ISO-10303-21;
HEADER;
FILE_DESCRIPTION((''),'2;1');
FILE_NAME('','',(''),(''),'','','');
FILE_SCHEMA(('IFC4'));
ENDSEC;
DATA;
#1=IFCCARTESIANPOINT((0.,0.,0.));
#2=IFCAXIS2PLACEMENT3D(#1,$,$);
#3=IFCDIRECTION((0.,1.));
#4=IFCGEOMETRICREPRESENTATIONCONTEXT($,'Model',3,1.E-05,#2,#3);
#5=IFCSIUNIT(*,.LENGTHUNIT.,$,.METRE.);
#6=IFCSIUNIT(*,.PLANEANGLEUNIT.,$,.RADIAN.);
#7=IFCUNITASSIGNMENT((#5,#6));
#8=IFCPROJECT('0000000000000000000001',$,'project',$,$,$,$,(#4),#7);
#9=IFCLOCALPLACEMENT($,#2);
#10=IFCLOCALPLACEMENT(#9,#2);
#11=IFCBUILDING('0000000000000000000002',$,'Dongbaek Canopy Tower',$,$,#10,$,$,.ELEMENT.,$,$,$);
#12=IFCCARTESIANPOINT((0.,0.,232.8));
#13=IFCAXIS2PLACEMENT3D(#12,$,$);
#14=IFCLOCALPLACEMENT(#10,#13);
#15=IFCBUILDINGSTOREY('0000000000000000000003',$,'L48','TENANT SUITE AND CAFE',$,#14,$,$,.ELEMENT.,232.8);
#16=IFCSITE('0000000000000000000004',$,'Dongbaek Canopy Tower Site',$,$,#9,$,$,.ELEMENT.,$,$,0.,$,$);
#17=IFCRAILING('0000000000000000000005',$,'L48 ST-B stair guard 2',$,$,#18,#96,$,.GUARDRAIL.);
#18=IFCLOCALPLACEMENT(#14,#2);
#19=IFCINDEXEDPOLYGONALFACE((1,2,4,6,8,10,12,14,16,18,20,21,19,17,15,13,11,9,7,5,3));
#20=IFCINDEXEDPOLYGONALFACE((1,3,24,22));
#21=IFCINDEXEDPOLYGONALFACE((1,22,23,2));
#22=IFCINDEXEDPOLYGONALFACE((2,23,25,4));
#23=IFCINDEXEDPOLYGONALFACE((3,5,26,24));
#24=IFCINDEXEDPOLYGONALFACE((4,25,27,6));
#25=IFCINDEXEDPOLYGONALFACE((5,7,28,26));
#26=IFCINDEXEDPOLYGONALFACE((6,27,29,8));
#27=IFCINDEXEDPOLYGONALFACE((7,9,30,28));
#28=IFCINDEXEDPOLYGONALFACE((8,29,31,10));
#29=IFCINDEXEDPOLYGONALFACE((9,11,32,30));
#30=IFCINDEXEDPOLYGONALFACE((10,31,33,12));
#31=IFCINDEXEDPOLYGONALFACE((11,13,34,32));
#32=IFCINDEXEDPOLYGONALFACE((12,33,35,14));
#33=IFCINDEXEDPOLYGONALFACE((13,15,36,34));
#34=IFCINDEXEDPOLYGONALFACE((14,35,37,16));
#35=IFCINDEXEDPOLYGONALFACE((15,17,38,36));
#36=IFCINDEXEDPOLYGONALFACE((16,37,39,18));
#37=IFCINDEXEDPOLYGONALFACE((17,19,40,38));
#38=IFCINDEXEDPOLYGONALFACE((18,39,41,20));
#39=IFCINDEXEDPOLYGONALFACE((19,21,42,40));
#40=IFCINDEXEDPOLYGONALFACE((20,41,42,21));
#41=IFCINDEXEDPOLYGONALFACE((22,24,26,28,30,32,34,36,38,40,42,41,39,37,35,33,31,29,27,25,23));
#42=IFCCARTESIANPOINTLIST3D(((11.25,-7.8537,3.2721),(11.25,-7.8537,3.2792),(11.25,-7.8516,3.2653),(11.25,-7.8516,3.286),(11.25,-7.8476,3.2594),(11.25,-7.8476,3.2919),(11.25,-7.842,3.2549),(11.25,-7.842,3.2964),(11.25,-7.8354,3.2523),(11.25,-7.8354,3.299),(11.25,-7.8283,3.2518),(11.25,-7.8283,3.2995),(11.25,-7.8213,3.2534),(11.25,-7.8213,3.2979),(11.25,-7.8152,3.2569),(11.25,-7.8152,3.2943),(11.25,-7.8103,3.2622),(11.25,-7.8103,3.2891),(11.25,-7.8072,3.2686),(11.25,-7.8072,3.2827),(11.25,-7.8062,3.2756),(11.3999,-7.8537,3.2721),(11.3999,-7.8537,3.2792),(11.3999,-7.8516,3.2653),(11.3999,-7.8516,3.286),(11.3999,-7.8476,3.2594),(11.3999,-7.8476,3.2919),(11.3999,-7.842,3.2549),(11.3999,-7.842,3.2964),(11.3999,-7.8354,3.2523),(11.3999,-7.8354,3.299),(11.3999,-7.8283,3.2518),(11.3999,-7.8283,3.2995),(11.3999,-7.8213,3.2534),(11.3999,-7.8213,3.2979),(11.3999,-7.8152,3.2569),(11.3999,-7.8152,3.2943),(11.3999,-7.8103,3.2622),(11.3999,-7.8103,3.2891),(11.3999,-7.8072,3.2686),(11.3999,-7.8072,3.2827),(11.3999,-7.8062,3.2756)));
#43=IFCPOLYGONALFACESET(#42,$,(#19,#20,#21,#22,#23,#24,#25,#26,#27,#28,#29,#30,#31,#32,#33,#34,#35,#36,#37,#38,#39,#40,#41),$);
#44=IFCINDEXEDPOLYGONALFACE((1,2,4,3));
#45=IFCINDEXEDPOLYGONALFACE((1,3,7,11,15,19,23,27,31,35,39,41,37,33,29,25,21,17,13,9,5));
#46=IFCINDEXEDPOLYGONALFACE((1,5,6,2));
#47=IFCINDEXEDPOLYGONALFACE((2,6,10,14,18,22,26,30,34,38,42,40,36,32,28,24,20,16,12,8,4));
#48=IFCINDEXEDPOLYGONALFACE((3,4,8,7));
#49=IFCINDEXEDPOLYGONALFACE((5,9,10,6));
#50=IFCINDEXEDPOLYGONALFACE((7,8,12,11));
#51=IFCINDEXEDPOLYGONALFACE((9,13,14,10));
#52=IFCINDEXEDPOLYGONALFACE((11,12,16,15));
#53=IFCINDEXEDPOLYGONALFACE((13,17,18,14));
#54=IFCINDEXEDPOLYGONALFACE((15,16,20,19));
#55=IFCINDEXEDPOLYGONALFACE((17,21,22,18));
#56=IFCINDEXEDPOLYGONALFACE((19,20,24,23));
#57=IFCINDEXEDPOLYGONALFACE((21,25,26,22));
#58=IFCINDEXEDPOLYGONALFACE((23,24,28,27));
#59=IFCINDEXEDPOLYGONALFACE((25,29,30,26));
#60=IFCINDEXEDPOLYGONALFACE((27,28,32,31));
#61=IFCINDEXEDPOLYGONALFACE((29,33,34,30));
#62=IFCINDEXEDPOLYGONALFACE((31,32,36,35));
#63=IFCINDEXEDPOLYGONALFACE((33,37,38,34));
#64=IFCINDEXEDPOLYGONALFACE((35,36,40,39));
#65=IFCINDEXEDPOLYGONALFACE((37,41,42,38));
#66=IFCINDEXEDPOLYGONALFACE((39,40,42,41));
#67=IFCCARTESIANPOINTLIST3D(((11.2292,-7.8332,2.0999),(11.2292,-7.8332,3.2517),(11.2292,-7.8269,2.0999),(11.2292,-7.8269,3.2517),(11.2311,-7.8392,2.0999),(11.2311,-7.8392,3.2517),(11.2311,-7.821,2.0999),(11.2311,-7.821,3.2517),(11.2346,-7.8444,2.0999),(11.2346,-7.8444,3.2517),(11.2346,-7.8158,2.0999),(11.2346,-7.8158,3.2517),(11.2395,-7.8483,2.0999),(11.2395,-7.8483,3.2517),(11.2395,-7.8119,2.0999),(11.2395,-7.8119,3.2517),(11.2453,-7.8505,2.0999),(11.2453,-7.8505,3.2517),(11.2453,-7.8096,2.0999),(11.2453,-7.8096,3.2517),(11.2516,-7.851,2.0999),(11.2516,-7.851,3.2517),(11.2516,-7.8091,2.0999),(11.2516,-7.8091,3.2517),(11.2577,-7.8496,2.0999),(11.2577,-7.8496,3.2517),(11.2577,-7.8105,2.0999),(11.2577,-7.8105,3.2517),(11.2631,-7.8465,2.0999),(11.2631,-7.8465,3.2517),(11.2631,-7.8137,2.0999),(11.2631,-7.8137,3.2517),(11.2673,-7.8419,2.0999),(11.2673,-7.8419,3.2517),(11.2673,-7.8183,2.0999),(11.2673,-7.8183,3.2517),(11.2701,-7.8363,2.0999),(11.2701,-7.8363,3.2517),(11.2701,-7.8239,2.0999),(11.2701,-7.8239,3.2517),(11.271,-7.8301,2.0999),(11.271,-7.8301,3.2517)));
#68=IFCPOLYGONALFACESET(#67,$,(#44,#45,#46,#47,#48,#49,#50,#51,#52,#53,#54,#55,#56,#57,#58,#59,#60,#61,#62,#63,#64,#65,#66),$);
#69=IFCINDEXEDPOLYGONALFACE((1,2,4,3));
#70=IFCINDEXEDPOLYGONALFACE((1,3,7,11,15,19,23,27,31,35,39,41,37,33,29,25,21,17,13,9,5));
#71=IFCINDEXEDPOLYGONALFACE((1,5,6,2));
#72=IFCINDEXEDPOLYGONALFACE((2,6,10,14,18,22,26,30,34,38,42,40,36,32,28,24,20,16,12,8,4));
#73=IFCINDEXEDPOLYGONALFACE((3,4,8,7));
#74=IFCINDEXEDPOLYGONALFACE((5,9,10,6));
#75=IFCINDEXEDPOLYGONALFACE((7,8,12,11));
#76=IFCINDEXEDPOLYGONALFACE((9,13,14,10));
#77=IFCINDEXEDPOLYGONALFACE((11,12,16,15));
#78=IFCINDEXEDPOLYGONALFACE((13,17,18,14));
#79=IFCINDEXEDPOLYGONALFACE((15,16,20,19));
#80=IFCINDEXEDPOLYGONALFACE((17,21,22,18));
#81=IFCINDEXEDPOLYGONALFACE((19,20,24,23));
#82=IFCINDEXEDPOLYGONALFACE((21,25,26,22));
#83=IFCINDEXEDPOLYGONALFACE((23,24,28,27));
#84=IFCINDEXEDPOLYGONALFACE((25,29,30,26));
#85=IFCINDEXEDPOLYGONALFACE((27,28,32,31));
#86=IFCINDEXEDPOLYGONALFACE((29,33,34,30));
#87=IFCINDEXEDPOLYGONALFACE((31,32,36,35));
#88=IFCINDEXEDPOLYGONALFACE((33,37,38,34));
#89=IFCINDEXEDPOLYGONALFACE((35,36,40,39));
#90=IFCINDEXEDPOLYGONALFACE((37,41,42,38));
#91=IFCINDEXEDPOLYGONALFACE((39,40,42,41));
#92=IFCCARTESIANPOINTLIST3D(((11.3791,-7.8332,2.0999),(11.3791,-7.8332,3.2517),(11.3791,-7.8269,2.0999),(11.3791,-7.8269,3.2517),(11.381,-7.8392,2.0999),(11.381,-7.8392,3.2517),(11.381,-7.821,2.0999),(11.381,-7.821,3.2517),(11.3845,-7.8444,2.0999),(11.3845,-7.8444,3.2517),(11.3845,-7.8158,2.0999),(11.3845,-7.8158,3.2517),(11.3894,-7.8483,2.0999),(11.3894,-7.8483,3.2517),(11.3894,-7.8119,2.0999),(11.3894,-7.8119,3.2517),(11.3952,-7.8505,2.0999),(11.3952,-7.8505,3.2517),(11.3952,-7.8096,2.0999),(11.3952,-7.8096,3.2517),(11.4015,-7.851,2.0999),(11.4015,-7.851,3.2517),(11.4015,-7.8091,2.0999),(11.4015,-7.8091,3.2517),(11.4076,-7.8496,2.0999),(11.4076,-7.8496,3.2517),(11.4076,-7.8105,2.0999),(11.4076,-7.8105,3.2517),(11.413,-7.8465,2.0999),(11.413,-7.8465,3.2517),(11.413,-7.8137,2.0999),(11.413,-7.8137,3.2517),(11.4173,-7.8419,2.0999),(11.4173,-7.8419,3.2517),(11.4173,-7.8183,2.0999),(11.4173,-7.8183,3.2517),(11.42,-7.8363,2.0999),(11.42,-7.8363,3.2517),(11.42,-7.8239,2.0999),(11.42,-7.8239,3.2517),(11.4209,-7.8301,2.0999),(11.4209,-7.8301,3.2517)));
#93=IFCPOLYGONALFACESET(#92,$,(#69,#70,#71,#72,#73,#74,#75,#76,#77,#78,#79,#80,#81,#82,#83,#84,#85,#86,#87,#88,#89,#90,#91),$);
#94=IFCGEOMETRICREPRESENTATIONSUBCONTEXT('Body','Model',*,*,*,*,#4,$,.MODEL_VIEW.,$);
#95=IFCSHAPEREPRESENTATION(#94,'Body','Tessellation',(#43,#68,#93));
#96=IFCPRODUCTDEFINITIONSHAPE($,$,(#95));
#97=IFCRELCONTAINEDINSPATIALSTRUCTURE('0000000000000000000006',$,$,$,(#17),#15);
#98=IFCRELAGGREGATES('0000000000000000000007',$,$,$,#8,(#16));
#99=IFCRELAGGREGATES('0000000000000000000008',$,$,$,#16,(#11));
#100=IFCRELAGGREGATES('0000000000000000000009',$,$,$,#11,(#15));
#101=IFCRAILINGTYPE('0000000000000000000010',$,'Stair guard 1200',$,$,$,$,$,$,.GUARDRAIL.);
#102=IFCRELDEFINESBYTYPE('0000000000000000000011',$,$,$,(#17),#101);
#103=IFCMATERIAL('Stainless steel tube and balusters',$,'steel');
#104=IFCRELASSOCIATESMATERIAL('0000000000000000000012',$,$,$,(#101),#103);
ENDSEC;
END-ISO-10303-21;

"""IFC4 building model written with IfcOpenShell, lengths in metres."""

from ifc_helpers import new_model, si_unit, direction, frame, origin, origin_2d, place, context, subcontext, project, spatial, circle, extrude, material, type_object, element, save


model = new_model("IFC4")

# Units and contexts
model_context = context("Model", 3, precision=1e-05, world=origin(), true_north=direction((0.0, 1.0)))
body_context = subcontext(model_context, "Body", "Model", "MODEL_VIEW")
ifc_project = project(units=[si_unit("LENGTHUNIT", "METRE"), si_unit("PLANEANGLEUNIT", "RADIAN")], contexts=[model_context])

# Site, building, storey
site_placement = place(None, origin())
site = spatial("IfcSite", under=ifc_project, at=site_placement, Name="Dongbaek Canopy Tower Site", CompositionType="ELEMENT", RefElevation=0.0)
building_placement = place(site_placement, origin())
building = spatial("IfcBuilding", under=site, at=building_placement, Name="Dongbaek Canopy Tower", CompositionType="ELEMENT")
storey_placement = place(building_placement, frame((0.0, 0.0, 232.8)))
storey = spatial("IfcBuildingStorey", under=building, at=storey_placement, Name="L48", Description="TENANT SUITE AND CAFE", CompositionType="ELEMENT", Elevation=232.8)

# Railing
ifc_material_1 = material(Name="Stainless steel tube and balusters", Category="steel")
railing_type_1 = type_object("IfcRailingType", Name="Stair guard 1200", PredefinedType="GUARDRAIL", material=ifc_material_1)
railing_1_placement = place(storey_placement, frame((11.25, -7.8301, 2.0999)))
element("IfcRailing", 1, at=railing_1_placement, inside=storey, type_object=railing_type_1, Name="L48 ST-B stair guard 2", PredefinedType="GUARDRAIL", context=body_context, shape_type="SweptSolid", body=[
    extrude(circle(Radius=0.0239, at=origin_2d()), frame((0.0, 0.0, 1.1758), z_axis=(1.0, 0.0, 0.0), x_axis=(0.0, 1.0, 0.0)), (0.0, 0.0, 1.0), 0.1499),
    extrude(circle(Radius=0.021, at=origin_2d()), origin(), (0.0, 0.0, 1.0), 1.1519),
    extrude(circle(Radius=0.021, at=origin_2d()), frame((0.1499, 0.0, 0.0)), (0.0, 0.0, 1.0), 1.1519),
])

save(model, "model.ifc")
